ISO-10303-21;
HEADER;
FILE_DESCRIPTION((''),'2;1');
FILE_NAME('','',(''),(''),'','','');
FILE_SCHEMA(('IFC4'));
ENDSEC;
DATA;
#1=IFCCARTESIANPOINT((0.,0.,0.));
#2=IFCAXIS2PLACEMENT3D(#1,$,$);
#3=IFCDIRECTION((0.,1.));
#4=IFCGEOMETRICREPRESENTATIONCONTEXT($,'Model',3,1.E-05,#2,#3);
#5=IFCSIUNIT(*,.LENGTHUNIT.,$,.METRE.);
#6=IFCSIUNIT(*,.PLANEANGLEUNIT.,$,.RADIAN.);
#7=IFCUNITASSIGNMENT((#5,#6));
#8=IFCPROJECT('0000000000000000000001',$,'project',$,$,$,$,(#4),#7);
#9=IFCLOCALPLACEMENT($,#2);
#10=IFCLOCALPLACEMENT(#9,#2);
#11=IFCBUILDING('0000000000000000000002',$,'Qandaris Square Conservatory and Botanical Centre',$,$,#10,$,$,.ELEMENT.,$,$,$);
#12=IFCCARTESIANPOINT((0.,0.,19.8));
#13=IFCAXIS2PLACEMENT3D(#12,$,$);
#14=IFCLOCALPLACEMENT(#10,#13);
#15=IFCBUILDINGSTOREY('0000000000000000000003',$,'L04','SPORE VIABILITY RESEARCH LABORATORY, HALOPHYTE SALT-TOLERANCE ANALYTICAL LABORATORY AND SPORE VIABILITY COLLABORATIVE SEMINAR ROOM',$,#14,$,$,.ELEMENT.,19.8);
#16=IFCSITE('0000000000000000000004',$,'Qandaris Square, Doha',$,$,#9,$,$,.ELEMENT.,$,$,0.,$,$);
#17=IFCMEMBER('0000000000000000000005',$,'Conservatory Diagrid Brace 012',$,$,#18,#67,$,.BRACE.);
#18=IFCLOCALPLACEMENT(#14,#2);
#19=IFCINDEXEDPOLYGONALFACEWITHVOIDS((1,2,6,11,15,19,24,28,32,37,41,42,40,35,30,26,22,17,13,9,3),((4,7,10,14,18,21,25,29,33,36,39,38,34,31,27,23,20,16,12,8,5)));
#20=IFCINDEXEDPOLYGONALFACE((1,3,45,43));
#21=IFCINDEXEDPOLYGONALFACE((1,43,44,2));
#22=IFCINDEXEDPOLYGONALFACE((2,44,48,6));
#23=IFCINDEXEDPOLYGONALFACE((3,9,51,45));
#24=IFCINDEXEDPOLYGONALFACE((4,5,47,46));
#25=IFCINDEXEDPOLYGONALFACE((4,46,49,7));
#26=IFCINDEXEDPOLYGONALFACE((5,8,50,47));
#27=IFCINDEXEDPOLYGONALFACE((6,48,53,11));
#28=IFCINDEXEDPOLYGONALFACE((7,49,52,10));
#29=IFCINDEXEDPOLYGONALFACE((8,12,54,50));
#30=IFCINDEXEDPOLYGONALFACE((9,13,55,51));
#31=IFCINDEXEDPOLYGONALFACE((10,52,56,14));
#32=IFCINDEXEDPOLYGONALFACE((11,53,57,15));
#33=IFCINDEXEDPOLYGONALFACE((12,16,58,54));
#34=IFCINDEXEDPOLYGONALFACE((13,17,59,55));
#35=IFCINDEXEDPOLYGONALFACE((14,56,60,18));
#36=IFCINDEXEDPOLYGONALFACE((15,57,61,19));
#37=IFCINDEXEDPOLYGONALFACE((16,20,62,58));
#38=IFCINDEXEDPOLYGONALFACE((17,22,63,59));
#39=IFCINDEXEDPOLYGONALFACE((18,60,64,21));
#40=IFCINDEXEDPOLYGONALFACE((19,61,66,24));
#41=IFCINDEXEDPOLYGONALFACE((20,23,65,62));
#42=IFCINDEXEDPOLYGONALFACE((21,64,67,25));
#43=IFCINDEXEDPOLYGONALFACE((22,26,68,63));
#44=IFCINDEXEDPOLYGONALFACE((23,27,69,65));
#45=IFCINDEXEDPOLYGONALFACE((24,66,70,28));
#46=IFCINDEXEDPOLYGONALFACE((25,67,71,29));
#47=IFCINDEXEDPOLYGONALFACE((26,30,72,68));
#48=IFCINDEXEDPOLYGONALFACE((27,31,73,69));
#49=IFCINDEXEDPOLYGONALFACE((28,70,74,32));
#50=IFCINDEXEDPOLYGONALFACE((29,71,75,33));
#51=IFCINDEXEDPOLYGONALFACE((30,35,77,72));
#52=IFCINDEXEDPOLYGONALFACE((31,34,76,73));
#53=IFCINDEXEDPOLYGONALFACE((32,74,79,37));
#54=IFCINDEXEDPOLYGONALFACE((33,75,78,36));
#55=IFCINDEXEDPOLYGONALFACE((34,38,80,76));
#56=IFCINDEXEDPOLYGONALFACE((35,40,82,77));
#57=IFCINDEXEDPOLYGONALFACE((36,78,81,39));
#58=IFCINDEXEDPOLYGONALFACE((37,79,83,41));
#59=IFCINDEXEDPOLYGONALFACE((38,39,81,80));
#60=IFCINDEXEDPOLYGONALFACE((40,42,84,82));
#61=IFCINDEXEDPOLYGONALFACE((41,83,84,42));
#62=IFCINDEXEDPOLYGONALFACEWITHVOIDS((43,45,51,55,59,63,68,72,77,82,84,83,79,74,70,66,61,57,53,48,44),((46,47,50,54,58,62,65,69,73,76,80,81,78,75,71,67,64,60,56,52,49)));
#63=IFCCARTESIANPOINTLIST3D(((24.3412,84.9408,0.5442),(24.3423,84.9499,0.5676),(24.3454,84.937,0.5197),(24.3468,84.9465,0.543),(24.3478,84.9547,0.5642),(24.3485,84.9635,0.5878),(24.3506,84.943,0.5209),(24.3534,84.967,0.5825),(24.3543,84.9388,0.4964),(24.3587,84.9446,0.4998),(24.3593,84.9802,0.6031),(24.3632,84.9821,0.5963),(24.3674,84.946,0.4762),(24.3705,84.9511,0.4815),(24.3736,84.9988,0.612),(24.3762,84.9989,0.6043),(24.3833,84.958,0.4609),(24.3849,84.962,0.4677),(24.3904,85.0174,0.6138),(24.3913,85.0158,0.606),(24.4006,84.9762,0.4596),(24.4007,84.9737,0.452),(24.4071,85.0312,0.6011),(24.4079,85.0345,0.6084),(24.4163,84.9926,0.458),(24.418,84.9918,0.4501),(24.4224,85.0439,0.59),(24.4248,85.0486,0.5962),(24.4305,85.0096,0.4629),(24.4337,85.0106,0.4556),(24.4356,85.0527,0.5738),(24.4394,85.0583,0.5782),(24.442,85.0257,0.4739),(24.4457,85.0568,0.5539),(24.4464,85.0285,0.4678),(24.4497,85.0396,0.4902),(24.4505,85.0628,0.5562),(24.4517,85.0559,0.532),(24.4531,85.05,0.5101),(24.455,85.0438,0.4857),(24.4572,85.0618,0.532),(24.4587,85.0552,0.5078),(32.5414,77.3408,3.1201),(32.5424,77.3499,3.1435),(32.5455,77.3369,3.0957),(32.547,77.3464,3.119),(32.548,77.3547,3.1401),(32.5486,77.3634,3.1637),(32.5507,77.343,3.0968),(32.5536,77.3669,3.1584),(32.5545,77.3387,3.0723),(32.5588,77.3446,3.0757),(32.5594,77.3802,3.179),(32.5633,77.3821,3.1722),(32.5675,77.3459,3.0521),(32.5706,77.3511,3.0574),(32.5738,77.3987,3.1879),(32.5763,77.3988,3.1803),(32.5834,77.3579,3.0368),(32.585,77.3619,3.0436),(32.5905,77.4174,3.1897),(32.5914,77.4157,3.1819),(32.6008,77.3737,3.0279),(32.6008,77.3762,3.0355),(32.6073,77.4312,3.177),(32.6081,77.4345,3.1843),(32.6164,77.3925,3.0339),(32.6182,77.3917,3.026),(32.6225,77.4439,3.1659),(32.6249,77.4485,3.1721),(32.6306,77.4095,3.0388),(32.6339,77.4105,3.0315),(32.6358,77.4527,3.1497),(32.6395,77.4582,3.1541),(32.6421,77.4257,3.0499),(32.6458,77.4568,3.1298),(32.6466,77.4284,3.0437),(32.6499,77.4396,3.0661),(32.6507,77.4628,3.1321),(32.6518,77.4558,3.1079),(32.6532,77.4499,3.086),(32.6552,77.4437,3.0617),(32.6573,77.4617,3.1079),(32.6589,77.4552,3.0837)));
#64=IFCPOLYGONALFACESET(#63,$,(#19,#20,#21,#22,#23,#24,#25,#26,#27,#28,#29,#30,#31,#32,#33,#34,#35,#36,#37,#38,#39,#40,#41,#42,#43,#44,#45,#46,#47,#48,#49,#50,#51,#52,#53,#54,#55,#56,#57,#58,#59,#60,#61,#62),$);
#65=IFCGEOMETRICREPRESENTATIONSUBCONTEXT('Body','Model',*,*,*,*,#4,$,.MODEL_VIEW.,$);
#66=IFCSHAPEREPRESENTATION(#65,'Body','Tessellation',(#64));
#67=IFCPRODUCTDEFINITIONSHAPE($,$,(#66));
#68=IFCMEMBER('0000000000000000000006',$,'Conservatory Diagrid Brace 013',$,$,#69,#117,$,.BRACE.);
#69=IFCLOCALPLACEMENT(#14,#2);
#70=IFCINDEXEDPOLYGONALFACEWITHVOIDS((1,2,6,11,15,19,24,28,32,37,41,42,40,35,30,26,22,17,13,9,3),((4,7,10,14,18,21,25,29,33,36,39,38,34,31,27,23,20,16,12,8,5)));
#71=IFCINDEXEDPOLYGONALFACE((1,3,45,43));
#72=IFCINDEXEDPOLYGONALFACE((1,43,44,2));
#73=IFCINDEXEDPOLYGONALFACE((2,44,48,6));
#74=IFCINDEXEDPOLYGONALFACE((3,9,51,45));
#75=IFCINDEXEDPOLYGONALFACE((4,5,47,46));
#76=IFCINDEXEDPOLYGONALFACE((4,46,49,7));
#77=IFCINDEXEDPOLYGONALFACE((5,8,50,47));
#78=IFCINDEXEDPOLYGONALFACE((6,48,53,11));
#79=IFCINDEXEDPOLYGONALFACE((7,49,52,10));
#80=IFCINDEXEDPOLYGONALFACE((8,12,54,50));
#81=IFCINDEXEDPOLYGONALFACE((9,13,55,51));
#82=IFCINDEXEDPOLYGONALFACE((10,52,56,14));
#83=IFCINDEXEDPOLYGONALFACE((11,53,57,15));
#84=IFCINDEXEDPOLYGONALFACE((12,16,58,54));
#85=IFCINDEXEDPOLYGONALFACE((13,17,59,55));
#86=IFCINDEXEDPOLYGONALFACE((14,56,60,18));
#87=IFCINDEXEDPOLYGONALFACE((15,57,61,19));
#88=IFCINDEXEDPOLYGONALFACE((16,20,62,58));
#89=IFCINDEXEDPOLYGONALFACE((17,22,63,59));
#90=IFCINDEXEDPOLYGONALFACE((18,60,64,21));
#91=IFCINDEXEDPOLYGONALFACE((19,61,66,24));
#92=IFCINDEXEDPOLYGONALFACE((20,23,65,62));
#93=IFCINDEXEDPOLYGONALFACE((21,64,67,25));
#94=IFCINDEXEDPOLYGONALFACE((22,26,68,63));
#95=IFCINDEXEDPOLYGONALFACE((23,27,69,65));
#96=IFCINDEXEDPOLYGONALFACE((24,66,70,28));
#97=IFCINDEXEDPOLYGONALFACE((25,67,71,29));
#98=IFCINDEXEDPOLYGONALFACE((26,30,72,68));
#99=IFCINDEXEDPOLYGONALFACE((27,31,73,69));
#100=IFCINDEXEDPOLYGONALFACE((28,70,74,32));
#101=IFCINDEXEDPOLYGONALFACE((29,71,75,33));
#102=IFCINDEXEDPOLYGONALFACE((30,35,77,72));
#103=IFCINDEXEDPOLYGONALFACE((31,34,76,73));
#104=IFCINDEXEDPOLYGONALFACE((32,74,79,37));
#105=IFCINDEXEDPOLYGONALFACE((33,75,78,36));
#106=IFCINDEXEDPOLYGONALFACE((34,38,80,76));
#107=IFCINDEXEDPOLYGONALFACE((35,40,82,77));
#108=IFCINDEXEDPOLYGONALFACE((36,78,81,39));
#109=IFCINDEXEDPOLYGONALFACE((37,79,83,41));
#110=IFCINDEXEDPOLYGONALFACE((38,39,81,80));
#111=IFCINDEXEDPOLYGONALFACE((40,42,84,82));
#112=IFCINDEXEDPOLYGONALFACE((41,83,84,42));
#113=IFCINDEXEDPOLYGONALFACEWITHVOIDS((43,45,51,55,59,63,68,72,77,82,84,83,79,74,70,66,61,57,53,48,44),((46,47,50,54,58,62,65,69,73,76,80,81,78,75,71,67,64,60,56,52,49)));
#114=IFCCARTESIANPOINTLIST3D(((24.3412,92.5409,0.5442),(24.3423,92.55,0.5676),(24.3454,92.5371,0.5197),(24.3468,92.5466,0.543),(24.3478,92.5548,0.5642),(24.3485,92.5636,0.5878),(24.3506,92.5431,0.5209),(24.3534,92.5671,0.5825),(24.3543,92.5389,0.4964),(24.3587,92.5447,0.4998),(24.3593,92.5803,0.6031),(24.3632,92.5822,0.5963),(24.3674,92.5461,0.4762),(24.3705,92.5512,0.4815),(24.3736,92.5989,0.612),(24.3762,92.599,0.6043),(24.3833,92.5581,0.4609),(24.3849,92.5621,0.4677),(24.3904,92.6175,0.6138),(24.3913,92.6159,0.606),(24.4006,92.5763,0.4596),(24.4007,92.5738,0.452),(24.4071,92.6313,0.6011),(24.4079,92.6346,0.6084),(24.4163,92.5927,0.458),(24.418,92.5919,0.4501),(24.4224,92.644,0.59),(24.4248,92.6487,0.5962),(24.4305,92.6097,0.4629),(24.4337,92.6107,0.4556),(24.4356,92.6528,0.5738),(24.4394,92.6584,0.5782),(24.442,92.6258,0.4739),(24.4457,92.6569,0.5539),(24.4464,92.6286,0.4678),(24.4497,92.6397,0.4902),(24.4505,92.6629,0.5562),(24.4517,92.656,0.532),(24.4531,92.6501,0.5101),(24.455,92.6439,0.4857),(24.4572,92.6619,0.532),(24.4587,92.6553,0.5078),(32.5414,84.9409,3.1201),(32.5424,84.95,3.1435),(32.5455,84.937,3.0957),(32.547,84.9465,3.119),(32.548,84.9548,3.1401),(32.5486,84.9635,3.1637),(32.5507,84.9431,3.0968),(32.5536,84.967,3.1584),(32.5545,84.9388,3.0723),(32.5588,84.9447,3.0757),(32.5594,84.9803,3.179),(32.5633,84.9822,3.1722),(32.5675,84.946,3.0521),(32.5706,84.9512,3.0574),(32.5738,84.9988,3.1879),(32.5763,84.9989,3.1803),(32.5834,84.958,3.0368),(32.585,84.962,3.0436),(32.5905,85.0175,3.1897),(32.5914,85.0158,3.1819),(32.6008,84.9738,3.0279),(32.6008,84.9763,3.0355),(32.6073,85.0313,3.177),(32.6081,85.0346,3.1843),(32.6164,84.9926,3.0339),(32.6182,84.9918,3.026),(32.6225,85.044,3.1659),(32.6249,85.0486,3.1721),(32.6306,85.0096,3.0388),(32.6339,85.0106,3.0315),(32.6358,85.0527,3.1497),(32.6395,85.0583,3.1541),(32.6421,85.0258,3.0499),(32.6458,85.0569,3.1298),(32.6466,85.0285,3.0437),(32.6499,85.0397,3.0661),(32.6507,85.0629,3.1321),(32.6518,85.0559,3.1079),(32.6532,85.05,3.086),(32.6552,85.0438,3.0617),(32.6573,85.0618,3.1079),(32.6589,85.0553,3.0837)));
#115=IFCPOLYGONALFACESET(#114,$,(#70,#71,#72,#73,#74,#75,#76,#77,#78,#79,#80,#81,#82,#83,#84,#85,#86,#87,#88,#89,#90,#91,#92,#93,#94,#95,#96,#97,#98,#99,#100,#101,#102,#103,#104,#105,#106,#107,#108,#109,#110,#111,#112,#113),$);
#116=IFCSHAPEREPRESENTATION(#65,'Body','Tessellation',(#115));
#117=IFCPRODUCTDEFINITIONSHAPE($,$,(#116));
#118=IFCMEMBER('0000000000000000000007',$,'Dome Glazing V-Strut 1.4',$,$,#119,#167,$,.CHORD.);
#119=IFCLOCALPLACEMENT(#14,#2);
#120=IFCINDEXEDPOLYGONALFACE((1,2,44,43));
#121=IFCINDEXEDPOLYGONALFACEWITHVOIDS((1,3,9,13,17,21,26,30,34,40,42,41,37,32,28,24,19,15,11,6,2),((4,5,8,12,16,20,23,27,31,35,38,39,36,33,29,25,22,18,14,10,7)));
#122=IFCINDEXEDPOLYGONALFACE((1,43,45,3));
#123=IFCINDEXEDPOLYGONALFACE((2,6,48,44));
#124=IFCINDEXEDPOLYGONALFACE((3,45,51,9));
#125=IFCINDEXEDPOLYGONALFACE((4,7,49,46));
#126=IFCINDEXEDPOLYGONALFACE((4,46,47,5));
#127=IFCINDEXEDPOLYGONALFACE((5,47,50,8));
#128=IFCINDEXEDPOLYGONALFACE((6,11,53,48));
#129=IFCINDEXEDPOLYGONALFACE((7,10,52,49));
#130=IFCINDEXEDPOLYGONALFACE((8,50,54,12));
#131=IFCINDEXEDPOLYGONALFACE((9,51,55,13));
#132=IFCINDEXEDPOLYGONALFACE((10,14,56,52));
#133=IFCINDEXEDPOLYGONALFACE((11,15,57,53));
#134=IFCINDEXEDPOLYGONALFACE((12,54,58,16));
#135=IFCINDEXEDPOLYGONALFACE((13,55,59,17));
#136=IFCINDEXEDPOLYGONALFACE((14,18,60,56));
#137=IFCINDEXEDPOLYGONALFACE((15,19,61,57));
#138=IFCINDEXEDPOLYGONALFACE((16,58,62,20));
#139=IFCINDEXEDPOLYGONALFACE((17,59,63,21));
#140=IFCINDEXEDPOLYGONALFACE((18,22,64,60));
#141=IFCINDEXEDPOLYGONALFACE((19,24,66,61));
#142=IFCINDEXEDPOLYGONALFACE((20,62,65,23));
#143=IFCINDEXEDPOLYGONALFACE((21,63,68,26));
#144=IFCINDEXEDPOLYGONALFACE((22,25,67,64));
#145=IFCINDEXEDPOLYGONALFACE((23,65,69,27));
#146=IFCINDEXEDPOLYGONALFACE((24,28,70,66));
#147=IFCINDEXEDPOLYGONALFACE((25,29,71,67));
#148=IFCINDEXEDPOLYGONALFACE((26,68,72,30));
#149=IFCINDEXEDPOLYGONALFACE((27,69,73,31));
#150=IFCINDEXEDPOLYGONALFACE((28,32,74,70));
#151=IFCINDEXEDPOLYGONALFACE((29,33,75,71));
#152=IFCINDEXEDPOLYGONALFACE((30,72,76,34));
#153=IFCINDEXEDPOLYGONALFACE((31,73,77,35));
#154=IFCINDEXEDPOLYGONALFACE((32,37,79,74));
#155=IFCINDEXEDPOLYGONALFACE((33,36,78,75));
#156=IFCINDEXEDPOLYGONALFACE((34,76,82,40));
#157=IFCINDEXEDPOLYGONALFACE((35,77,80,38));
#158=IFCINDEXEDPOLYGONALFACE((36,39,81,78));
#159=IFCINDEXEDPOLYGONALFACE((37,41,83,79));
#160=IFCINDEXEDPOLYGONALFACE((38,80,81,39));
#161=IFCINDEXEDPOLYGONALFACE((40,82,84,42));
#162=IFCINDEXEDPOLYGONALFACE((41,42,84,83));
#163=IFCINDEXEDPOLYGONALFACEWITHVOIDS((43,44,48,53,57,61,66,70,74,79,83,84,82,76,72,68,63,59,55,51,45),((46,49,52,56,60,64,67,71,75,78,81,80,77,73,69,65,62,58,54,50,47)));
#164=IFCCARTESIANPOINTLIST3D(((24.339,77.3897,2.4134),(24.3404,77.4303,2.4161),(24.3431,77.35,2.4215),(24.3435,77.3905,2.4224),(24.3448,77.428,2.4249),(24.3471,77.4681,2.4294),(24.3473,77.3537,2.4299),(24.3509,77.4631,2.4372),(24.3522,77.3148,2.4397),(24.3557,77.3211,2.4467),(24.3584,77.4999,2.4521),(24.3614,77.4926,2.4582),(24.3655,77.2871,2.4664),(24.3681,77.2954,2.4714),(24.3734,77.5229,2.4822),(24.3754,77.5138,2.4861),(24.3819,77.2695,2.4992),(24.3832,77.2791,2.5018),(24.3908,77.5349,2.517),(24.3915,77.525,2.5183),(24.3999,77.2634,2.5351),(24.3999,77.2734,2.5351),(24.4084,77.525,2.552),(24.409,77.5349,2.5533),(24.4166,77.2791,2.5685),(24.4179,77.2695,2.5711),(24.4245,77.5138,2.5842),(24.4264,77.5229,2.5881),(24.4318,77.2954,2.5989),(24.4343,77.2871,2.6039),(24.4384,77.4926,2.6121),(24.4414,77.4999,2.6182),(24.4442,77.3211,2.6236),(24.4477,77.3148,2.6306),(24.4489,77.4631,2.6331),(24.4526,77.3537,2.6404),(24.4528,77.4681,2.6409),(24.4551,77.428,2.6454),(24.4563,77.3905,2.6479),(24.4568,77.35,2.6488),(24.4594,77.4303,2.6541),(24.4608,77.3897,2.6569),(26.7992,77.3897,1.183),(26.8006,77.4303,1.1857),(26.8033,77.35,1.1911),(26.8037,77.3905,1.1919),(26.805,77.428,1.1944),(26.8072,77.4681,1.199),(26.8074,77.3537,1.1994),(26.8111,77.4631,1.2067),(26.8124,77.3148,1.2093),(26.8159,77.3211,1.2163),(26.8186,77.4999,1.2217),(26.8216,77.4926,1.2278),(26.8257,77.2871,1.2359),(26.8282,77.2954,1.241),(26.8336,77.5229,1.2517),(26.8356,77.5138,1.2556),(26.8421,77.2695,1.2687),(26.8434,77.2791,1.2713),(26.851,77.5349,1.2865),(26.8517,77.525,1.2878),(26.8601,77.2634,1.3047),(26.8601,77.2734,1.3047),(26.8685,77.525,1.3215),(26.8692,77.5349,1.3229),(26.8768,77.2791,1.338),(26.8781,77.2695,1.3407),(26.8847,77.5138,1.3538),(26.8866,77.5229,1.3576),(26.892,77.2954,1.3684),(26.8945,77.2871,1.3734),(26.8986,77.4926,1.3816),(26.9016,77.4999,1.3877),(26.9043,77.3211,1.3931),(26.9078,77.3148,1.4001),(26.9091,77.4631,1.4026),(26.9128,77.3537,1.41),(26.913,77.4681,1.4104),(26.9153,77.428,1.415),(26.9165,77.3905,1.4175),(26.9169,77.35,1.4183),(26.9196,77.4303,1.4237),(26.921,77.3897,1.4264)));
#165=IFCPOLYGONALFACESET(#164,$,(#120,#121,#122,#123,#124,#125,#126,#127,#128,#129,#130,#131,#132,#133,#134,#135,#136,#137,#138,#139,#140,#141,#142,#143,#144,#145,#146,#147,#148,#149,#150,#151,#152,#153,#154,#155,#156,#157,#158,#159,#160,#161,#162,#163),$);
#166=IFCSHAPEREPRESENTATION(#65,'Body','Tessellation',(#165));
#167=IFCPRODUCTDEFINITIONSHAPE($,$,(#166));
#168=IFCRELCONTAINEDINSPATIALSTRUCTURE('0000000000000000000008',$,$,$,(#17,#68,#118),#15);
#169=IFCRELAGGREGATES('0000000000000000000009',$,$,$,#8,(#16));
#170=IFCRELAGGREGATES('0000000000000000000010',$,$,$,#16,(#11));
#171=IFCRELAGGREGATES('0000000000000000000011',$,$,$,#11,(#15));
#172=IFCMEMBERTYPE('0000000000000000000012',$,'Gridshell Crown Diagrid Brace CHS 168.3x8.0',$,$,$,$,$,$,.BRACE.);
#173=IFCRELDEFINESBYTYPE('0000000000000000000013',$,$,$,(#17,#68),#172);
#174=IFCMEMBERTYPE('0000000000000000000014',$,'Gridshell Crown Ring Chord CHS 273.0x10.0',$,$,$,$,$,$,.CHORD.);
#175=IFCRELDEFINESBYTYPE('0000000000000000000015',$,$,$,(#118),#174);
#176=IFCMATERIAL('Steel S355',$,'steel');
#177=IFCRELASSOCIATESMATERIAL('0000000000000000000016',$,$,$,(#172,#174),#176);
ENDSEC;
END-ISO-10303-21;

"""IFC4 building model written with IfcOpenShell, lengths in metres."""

from ifc_helpers import new_model, si_unit, direction, frame, origin, origin_2d, place, context, subcontext, project, spatial, hollow_circle, extrude, material, material_profile, profile_set, type_object, element, save


model = new_model("IFC4")

# Units and contexts
model_context = context("Model", 3, precision=1e-05, world=origin(), true_north=direction((0.0, 1.0)))
body_context = subcontext(model_context, "Body", "Model", "MODEL_VIEW")
ifc_project = project(units=[si_unit("LENGTHUNIT", "METRE"), si_unit("PLANEANGLEUNIT", "RADIAN")], contexts=[model_context])

# Site, building, storey
site_placement = place(None, origin())
site = spatial("IfcSite", under=ifc_project, at=site_placement, Name="Qandaris Square, Doha", CompositionType="ELEMENT", RefElevation=0.0)
building_placement = place(site_placement, origin())
building = spatial("IfcBuilding", under=site, at=building_placement, Name="Qandaris Square Conservatory and Botanical Centre", CompositionType="ELEMENT")
storey_placement = place(building_placement, frame((0.0, 0.0, 19.8)))
storey = spatial("IfcBuildingStorey", under=building, at=storey_placement, Name="L04", Description="SPORE VIABILITY RESEARCH LABORATORY, HALOPHYTE SALT-TOLERANCE ANALYTICAL LABORATORY AND SPORE VIABILITY COLLABORATIVE SEMINAR ROOM", CompositionType="ELEMENT", Elevation=19.8)

# Members
ifc_material = material(Name="Steel S355", Category="steel")
ifc_material_profile_1 = material_profile(ifc_material, hollow_circle(Radius=0.0842, WallThickness=0.0081, at=origin_2d()), Name="CHS 168.3x8.0")
ifc_profile_set_1 = profile_set([ifc_material_profile_1], Name="Steel S355")
member_type_1 = type_object("IfcMemberType", Name="Gridshell Crown Diagrid Brace CHS 168.3x8.0", PredefinedType="BRACE", material=ifc_profile_set_1)
for number, where, z_axis, x_axis, name in (
    (1, (24.3999, 85.0, 0.532), (0.71471, -0.662407, 0.224512), (0.679761, 0.733434, 0.0), "Conservatory Diagrid Brace 012"),
    (2, (24.3999, 92.6001, 0.532), (0.71471, -0.662407, 0.224512), (0.679761, 0.733434, 0.0), "Conservatory Diagrid Brace 013"),
):
    element("IfcMember", number, at=place(storey_placement, frame(where, z_axis=z_axis, x_axis=x_axis)), inside=storey, type_object=member_type_1, Name=name, PredefinedType="BRACE", context=body_context, shape_type="SweptSolid", body=[
        extrude(hollow_circle(Radius=0.0842, WallThickness=0.0081, at=origin_2d()), origin(), (0.0, 0.0, 1.0), 11.4734),
    ])
ifc_material_profile_2 = material_profile(ifc_material, hollow_circle(Radius=0.1365, WallThickness=0.01, at=origin_2d()), Name="CHS 273.0x10.0")
ifc_profile_set_2 = profile_set([ifc_material_profile_2], Name="Steel S355")
member_type_2 = type_object("IfcMemberType", Name="Gridshell Crown Ring Chord CHS 273.0x10.0", PredefinedType="CHORD", material=ifc_profile_set_2)
for number, where, z_axis, x_axis, name in (
    (3, (26.8601, 77.3999, 1.3047), (-0.894374, 0.0, 0.44732), (0.0, -1.0, 0.0), "Dome Glazing V-Strut 1.4"),
):
    element("IfcMember", number, at=place(storey_placement, frame(where, z_axis=z_axis, x_axis=x_axis)), inside=storey, type_object=member_type_2, Name=name, PredefinedType="CHORD", context=body_context, shape_type="SweptSolid", body=[
        extrude(hollow_circle(Radius=0.1365, WallThickness=0.01, at=origin_2d()), origin(), (0.0, 0.0, 1.0), 2.7507),
    ])

save(model, "model.ifc")
